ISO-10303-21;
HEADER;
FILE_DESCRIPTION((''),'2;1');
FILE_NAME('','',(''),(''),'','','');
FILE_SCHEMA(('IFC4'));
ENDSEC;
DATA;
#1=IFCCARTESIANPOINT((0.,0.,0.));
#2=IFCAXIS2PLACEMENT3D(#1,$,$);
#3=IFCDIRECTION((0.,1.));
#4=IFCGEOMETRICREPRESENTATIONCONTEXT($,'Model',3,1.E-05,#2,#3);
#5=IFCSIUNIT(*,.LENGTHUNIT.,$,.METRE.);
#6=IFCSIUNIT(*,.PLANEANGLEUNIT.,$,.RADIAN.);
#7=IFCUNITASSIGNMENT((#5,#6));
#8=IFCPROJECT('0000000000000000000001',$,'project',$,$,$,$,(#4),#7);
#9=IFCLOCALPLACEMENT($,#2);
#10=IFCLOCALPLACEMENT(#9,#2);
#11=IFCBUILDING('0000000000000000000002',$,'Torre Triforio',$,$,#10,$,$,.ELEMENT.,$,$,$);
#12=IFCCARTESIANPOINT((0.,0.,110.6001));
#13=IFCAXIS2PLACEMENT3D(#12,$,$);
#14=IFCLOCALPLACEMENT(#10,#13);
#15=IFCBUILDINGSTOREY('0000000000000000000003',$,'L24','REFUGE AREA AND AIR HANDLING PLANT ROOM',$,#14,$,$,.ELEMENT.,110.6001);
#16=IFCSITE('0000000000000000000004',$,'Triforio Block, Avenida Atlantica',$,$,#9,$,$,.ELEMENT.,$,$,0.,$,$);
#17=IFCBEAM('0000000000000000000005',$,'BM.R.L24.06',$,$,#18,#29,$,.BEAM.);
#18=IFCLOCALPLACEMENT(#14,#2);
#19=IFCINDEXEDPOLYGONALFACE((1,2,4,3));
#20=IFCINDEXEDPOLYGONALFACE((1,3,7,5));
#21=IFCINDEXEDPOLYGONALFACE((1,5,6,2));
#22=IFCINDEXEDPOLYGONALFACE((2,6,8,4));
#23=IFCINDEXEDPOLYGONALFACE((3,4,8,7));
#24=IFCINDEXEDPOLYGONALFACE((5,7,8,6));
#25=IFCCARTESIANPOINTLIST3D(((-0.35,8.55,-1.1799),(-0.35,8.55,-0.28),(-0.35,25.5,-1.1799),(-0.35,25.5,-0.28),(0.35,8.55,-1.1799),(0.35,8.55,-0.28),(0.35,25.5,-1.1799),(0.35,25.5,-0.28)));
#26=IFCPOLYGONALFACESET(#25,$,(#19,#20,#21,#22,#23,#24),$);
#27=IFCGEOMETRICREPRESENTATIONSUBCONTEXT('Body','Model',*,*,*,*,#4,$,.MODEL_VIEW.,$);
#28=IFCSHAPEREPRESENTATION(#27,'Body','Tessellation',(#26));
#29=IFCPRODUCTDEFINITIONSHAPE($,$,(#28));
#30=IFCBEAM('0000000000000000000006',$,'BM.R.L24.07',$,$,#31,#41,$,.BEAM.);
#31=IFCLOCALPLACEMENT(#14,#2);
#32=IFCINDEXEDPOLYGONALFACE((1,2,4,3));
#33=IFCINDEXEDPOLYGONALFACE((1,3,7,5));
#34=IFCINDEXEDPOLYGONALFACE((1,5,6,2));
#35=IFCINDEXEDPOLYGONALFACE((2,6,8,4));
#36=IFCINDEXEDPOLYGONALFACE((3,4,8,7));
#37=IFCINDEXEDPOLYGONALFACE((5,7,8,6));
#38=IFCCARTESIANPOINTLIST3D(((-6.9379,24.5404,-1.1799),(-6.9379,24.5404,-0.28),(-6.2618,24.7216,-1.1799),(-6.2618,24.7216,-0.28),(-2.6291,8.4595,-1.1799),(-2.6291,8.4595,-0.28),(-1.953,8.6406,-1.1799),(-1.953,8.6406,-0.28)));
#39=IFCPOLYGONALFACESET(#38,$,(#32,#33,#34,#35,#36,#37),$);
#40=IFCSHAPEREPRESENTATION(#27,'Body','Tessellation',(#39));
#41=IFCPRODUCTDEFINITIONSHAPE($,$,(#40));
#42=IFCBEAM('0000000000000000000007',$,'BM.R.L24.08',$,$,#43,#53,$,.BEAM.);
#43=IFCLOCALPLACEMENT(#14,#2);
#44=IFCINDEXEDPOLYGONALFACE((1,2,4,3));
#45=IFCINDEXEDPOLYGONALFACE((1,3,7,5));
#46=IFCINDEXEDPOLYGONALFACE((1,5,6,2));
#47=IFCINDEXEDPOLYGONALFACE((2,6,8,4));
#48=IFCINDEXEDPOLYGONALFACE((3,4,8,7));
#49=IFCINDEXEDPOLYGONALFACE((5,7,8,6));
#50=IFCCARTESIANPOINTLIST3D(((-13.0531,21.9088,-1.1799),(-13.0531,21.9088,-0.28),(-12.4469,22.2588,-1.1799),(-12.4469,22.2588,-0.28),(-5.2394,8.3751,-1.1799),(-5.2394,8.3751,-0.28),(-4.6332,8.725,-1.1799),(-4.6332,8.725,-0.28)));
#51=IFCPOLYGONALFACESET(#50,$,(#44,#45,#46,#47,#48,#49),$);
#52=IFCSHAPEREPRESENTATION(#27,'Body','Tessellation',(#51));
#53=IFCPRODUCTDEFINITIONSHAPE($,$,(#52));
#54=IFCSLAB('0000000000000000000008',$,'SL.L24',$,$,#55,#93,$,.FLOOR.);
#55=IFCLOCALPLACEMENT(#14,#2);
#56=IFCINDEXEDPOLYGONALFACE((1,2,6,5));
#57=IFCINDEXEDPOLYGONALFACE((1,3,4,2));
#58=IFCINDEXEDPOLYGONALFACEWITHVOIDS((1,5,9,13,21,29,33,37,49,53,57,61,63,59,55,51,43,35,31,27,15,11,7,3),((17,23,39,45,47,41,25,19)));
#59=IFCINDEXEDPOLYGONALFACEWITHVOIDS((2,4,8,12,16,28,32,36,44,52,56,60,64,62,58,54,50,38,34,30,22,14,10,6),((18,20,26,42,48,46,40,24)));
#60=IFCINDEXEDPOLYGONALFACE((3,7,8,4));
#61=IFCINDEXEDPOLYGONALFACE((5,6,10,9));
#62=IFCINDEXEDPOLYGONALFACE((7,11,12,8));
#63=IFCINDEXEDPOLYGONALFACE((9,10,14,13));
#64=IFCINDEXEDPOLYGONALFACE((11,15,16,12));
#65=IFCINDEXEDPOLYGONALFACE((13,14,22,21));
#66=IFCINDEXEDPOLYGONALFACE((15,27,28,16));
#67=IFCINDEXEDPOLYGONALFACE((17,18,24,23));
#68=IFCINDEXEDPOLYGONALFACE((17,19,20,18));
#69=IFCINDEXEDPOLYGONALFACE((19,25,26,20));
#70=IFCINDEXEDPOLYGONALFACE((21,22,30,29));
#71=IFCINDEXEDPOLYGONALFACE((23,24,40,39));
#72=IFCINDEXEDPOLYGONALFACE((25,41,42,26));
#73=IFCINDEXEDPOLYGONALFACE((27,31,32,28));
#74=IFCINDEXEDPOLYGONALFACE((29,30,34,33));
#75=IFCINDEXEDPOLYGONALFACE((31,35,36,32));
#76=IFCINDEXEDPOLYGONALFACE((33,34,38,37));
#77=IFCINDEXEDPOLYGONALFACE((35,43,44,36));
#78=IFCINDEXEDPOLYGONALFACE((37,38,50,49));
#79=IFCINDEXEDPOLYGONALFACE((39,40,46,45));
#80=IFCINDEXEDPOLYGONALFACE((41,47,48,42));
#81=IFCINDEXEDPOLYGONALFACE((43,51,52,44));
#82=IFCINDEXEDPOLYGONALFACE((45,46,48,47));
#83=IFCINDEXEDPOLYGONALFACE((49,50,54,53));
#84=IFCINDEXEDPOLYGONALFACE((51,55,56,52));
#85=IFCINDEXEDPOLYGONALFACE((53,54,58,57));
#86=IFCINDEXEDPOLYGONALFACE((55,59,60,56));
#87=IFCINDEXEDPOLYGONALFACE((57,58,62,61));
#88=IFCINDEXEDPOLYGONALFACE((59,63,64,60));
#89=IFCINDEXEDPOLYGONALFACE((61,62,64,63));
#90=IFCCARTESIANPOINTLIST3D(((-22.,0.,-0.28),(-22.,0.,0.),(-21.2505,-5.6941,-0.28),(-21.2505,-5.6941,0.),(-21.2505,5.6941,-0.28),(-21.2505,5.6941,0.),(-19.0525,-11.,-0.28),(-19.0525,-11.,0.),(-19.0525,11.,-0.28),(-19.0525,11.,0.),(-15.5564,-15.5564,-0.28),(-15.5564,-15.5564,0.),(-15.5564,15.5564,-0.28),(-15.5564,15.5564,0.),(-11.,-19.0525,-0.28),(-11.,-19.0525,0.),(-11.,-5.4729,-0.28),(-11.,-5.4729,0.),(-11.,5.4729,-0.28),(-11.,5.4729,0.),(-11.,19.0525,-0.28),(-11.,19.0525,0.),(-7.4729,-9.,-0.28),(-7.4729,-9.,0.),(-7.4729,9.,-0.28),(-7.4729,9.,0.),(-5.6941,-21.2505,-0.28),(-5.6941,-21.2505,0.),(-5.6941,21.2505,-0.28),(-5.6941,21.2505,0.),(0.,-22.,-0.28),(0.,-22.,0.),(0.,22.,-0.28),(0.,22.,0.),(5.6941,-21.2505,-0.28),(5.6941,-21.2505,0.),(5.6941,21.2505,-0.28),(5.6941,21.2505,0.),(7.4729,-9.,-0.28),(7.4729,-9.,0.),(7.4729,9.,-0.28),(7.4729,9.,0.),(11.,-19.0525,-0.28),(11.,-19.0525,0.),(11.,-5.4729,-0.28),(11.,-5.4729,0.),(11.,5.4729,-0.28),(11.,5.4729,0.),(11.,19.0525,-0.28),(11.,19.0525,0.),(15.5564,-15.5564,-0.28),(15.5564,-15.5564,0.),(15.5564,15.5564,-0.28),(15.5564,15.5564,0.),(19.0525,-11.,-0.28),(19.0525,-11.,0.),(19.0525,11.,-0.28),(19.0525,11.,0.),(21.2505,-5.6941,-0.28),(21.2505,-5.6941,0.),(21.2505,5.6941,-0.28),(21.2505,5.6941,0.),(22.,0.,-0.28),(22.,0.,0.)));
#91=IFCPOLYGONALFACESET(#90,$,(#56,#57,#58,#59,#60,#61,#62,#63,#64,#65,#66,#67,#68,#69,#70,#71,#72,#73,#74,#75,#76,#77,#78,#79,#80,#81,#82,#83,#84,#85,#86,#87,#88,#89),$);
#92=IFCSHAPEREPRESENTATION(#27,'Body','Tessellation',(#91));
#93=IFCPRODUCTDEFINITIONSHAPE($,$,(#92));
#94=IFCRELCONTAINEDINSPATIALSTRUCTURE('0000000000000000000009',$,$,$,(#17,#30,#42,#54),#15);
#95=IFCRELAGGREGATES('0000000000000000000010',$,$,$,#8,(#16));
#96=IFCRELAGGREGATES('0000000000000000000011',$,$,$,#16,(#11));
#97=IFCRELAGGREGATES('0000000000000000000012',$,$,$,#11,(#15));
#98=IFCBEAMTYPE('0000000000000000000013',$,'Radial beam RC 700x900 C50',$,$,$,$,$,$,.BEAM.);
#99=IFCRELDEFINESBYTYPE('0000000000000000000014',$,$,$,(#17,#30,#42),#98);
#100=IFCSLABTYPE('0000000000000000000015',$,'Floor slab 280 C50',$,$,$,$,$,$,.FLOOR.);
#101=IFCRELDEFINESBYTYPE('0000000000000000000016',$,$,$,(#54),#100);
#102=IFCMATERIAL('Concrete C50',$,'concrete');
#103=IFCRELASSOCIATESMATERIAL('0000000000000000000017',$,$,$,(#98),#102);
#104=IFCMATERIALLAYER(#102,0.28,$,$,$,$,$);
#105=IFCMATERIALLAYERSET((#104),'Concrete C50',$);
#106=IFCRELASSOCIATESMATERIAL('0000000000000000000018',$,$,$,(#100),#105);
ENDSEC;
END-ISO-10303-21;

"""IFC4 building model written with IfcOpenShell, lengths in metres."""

from ifc_helpers import new_model, si_unit, direction, frame, origin, origin_2d, place, context, subcontext, project, spatial, polyline, rectangle, outline, extrude, material, layer, layer_set, material_profile, profile_set, type_object, element, save


model = new_model("IFC4")

# Units and contexts
model_context = context("Model", 3, precision=1e-05, world=origin(), true_north=direction((0.0, 1.0)))
body_context = subcontext(model_context, "Body", "Model", "MODEL_VIEW")
ifc_project = project(units=[si_unit("LENGTHUNIT", "METRE"), si_unit("PLANEANGLEUNIT", "RADIAN")], contexts=[model_context])

# Site, building, storey
site_placement = place(None, origin())
site = spatial("IfcSite", under=ifc_project, at=site_placement, Name="Triforio Block, Avenida Atlantica", CompositionType="ELEMENT", RefElevation=0.0)
building_placement = place(site_placement, origin())
building = spatial("IfcBuilding", under=site, at=building_placement, Name="Torre Triforio", CompositionType="ELEMENT")
storey_placement = place(building_placement, frame((0.0, 0.0, 110.6001)))
storey = spatial("IfcBuildingStorey", under=building, at=storey_placement, Name="L24", Description="REFUGE AREA AND AIR HANDLING PLANT ROOM", CompositionType="ELEMENT", Elevation=110.6001)

# Beams
ifc_material_1 = material(Name="Concrete C50", Category="concrete")
ifc_material_profile = material_profile(ifc_material_1, rectangle(XDim=0.7, YDim=0.8999, at=origin_2d()), Name="RC 700x900")
ifc_profile_set = profile_set([ifc_material_profile], Name="Concrete C50")
beam_type = type_object("IfcBeamType", Name="Radial beam RC 700x900 C50", PredefinedType="BEAM", material=ifc_profile_set)
beam_1_placement = place(storey_placement, frame((0.0, 8.55, -0.73), z_axis=(0.0, 1.0, 0.0), x_axis=(-1.0, 0.0, 0.0)))
element("IfcBeam", 1, at=beam_1_placement, inside=storey, type_object=beam_type, Name="BM.R.L24.06", PredefinedType="BEAM", context=body_context, shape_type="SweptSolid", body=[
    extrude(rectangle(XDim=0.7, YDim=0.8999, at=origin_2d()), origin(), (0.0, 0.0, 1.0), 16.95),
])
beam_2_placement = place(storey_placement, frame((-2.291, 8.55, -0.73), z_axis=(-0.258815, 0.965927, 0.0), x_axis=(-0.965927, -0.258815, 0.0)))
element("IfcBeam", 2, at=beam_2_placement, inside=storey, type_object=beam_type, Name="BM.R.L24.07", PredefinedType="BEAM", context=body_context, shape_type="SweptSolid", body=[
    extrude(rectangle(XDim=0.7, YDim=0.8999, at=origin_2d()), origin(), (0.0, 0.0, 1.0), 16.6482),
])
beam_3_placement = place(storey_placement, frame((-4.9363, 8.55, -0.73), z_axis=(-0.500002, 0.866024, 0.0), x_axis=(-0.866024, -0.500002, 0.0)))
element("IfcBeam", 3, at=beam_3_placement, inside=storey, type_object=beam_type, Name="BM.R.L24.08", PredefinedType="BEAM", context=body_context, shape_type="SweptSolid", body=[
    extrude(rectangle(XDim=0.7, YDim=0.8999, at=origin_2d()), origin(), (0.0, 0.0, 1.0), 15.6274),
])

# Slab
ifc_layer_1 = layer(ifc_material_1, 0.28)
ifc_layer_set_1 = layer_set([ifc_layer_1], Name="Concrete C50")
slab_type_1 = type_object("IfcSlabType", Name="Floor slab 280 C50", PredefinedType="FLOOR", material=ifc_layer_set_1)
slab_1_placement = place(storey_placement, frame((0.0, 0.0, -0.28)))
element("IfcSlab", 4, at=slab_1_placement, inside=storey, type_object=slab_type_1, Name="SL.L24", PredefinedType="FLOOR", context=body_context, shape_type="SweptSolid", body=[
    extrude(outline(polyline([(19.0525, -11.0), (21.2505, -5.6941), (22.0, 0.0), (21.2505, 5.6941), (19.0525, 11.0), (15.5564, 15.5564), (11.0, 19.0525), (5.6941, 21.2505), (0.0, 22.0), (-5.6941, 21.2505), (-11.0, 19.0525), (-15.5564, 15.5564), (-19.0525, 11.0), (-21.2505, 5.6941), (-22.0, 0.0), (-21.2505, -5.6941), (-19.0525, -11.0), (-15.5564, -15.5564), (-11.0, -19.0525), (-5.6941, -21.2505), (0.0, -22.0), (5.6941, -21.2505), (11.0, -19.0525), (15.5564, -15.5564), (19.0525, -11.0)]), holes=[polyline([(11.0, 5.4729), (11.0, -5.4729), (7.4729, -9.0), (-7.4729, -9.0), (-11.0, -5.4729), (-11.0, 5.4729), (-7.4729, 9.0), (7.4729, 9.0), (11.0, 5.4729)])]), origin(), (0.0, 0.0, 1.0), 0.28),
])

save(model, "model.ifc")
